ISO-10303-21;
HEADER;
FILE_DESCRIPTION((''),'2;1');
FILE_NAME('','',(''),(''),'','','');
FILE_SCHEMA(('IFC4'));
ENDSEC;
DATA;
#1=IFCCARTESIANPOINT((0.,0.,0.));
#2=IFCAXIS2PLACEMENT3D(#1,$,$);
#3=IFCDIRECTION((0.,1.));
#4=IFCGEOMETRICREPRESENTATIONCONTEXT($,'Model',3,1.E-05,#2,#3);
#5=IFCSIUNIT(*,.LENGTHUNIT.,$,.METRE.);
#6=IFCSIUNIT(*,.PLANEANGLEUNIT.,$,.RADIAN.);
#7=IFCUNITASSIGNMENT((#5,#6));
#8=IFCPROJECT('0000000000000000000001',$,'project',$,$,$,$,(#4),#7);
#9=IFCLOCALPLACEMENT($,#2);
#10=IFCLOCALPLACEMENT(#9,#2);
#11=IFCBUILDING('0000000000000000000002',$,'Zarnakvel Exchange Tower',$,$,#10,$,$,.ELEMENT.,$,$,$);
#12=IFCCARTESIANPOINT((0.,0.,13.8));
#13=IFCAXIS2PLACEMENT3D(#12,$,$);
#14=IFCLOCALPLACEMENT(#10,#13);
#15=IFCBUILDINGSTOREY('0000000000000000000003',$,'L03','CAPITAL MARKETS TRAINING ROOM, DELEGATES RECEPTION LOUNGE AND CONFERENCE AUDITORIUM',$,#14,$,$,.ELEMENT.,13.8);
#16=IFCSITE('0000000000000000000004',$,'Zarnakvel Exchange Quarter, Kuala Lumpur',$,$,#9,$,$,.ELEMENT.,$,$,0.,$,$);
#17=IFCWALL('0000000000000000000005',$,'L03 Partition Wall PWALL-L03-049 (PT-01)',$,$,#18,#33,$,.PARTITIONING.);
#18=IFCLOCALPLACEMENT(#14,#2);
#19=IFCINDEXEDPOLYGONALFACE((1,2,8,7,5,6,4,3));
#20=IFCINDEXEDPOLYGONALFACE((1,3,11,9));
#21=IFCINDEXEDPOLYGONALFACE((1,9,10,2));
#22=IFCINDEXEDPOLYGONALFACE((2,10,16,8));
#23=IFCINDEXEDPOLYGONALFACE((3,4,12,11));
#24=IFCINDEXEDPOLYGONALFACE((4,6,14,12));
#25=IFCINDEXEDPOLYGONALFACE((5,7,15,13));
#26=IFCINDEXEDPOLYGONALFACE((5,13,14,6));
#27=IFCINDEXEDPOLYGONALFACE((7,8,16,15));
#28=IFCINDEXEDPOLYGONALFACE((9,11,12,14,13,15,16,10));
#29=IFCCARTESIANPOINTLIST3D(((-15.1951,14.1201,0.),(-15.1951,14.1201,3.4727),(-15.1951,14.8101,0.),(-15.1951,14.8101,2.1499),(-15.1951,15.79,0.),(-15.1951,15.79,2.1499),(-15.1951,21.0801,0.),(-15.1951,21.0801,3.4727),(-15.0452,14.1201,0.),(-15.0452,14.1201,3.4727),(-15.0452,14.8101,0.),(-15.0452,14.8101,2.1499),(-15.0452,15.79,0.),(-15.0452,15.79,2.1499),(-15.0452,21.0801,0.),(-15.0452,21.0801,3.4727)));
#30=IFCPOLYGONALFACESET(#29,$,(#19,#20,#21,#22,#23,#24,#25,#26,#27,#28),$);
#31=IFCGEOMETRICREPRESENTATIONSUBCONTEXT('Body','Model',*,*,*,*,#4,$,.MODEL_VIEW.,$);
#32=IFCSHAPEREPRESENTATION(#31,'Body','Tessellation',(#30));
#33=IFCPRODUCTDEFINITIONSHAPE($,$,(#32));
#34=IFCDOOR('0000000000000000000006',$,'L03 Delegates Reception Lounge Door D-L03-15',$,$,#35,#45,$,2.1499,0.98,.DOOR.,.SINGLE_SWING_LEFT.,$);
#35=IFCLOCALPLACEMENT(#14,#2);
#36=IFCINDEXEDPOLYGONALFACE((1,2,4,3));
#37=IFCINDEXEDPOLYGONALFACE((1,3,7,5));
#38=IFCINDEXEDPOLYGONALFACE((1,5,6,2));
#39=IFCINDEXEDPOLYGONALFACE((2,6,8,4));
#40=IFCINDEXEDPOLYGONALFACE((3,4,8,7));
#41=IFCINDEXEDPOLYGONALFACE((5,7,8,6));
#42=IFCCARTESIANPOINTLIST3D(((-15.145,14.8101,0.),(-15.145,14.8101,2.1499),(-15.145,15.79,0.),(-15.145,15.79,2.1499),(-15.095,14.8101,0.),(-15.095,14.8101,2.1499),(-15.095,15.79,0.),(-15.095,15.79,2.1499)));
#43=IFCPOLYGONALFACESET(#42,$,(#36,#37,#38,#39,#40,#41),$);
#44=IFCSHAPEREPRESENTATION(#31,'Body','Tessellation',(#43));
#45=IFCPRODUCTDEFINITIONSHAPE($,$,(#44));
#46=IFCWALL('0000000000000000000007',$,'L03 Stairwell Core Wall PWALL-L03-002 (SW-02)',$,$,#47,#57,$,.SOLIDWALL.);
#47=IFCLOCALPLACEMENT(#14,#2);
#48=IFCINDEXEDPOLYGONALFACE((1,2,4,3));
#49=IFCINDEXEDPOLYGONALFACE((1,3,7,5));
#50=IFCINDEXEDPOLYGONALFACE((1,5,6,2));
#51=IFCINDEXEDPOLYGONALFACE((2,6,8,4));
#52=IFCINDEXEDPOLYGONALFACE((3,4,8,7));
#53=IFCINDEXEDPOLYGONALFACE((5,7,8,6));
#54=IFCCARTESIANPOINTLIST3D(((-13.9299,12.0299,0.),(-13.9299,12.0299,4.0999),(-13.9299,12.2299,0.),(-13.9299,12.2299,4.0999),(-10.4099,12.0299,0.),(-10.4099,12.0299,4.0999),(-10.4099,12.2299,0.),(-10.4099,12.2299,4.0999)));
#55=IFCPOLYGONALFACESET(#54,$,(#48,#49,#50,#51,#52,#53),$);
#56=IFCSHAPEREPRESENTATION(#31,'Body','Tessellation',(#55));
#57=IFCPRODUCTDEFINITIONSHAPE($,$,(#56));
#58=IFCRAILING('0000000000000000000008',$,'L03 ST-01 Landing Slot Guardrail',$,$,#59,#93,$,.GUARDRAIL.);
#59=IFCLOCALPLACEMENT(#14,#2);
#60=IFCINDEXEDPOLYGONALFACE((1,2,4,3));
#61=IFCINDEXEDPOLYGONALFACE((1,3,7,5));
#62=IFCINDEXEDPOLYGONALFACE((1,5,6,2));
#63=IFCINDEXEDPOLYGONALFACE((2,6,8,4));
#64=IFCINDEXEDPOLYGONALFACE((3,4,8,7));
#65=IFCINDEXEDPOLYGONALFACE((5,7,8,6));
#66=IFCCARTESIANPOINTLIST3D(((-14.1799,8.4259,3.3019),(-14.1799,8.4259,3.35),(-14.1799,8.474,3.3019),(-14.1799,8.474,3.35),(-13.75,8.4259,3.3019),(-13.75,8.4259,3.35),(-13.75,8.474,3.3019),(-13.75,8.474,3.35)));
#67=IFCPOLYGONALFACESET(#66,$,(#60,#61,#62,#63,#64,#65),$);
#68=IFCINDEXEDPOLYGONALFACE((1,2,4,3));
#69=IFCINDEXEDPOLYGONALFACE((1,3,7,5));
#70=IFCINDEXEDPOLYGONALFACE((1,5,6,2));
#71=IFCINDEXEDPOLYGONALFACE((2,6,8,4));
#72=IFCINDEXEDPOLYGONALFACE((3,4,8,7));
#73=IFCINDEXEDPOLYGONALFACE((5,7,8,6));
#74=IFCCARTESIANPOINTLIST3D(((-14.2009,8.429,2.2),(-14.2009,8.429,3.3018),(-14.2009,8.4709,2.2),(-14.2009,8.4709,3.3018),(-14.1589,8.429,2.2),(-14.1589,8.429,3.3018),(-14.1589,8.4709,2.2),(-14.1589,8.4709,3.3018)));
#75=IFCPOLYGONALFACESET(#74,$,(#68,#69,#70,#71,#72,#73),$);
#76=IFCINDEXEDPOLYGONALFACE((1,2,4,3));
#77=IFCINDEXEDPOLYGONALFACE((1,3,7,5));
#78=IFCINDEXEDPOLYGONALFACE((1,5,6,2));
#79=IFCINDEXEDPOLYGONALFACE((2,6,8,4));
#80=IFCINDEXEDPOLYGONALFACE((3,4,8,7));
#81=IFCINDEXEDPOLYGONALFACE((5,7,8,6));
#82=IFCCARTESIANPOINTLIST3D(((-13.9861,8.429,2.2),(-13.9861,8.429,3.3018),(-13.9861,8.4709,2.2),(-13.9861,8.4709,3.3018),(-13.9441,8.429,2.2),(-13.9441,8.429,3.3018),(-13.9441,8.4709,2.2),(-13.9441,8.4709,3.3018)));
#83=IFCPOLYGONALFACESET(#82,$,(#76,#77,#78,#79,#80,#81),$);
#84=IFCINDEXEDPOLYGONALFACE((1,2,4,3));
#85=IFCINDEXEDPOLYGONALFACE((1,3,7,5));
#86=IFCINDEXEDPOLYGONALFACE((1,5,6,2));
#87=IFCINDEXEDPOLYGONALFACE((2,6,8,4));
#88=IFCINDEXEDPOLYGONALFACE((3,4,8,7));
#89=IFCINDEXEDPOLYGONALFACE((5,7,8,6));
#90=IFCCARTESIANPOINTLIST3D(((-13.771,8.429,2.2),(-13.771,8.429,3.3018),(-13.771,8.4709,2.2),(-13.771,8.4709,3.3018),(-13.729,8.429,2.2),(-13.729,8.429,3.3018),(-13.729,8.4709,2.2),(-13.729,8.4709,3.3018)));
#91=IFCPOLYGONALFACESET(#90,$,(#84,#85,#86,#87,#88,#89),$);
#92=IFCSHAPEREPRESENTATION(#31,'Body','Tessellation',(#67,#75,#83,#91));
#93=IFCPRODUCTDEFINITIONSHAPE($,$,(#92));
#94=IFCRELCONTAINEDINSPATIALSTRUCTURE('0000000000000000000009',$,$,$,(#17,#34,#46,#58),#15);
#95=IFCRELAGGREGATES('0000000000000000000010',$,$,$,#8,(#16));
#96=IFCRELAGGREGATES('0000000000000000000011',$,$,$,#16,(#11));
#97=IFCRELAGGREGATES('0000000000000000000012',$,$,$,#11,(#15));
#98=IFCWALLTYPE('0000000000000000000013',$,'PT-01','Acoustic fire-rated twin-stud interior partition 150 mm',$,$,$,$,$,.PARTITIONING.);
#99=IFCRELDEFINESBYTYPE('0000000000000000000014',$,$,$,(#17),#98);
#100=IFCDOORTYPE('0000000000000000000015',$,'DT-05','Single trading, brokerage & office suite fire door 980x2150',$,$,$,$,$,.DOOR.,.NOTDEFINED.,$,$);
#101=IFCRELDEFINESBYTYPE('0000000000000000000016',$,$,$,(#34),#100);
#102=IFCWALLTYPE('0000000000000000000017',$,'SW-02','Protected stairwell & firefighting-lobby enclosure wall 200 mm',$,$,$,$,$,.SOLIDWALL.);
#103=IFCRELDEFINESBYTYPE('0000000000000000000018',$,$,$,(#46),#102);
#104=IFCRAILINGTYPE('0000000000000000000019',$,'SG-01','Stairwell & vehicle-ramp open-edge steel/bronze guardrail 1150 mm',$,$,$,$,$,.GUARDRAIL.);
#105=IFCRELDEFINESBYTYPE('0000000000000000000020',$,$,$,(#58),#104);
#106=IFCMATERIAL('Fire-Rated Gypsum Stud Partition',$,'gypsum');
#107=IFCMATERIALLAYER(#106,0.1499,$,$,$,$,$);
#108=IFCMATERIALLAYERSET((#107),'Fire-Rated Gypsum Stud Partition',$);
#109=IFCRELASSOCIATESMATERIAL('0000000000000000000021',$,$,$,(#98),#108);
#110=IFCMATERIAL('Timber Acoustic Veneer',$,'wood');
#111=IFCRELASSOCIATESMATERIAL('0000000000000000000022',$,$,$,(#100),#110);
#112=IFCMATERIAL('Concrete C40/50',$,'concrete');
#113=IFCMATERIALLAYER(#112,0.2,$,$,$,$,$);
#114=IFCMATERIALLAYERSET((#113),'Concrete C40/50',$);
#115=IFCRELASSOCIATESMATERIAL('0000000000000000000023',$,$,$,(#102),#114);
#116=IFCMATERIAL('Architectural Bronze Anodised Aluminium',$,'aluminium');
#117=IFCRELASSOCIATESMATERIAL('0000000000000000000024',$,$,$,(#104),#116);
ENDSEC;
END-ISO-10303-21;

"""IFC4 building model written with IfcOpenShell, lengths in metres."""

from ifc_helpers import new_model, si_unit, direction, frame, frame_2d, origin, origin_2d, place, context, subcontext, project, spatial, rectangle, extrude, source, transform, mapped, material, layer, layer_set, type_object, element, fill, save


model = new_model("IFC4")

# Units and contexts
model_context = context("Model", 3, precision=1e-05, world=origin(), true_north=direction((0.0, 1.0)))
body_context = subcontext(model_context, "Body", "Model", "MODEL_VIEW")
ifc_project = project(units=[si_unit("LENGTHUNIT", "METRE"), si_unit("PLANEANGLEUNIT", "RADIAN")], contexts=[model_context])

# Site, building, storey
site_placement = place(None, origin())
site = spatial("IfcSite", under=ifc_project, at=site_placement, Name="Zarnakvel Exchange Quarter, Kuala Lumpur", CompositionType="ELEMENT", RefElevation=0.0)
building_placement = place(site_placement, origin())
building = spatial("IfcBuilding", under=site, at=building_placement, Name="Zarnakvel Exchange Tower", CompositionType="ELEMENT")
storey_placement = place(building_placement, frame((0.0, 0.0, 13.8)))
storey = spatial("IfcBuildingStorey", under=building, at=storey_placement, Name="L03", Description="CAPITAL MARKETS TRAINING ROOM, DELEGATES RECEPTION LOUNGE AND CONFERENCE AUDITORIUM", CompositionType="ELEMENT", Elevation=13.8)

# Shared definitions
ifc_material_1 = material(Name="Architectural Bronze Anodised Aluminium", Category="aluminium")

# Shared definitions
ifc_material_2 = material(Name="Fire-Rated Gypsum Stud Partition", Category="gypsum")
ifc_layer_1 = layer(ifc_material_2, 0.1499)
ifc_layer_set_1 = layer_set([ifc_layer_1], Name="Fire-Rated Gypsum Stud Partition")
wall_type_1 = type_object("IfcWallType", Name="PT-01", Description="Acoustic fire-rated twin-stud interior partition 150 mm", PredefinedType="PARTITIONING", material=ifc_layer_set_1)
ifc_material_3 = material(Name="Timber Acoustic Veneer", Category="wood")
door_type = type_object("IfcDoorType", Name="DT-05", Description="Single trading, brokerage & office suite fire door 980x2150", OperationType="NOTDEFINED", PredefinedType="DOOR", material=ifc_material_3)
shared_shape_1 = source(origin(), body_context, "Body", "SweptSolid", [
    extrude(rectangle(XDim=0.98, YDim=2.1499, at=frame_2d((0.49, 1.075))), frame((0.0, 0.0249, 0.0), z_axis=(0.0, -1.0, 0.0), x_axis=(1.0, 0.0, 0.0)), (0.0, 0.0, 1.0), 0.05),
])

# Wall, opening, door
wall_1_placement = place(storey_placement, frame((-15.1201, 14.1201, 0.0), z_axis=(0.0, 0.0, 1.0), x_axis=(0.0, 1.0, 0.0)))
wall_1 = element("IfcWall", 1, at=wall_1_placement, inside=storey, type_object=wall_type_1, Name="L03 Partition Wall PWALL-L03-049 (PT-01)", PredefinedType="PARTITIONING", context=body_context, shape_type="SweptSolid", body=[
    extrude(rectangle(XDim=6.96, YDim=0.1499, at=frame_2d((3.48, 0.0))), origin(), (0.0, 0.0, 1.0), 3.4727),
])
opening_1_placement = place(wall_1_placement, frame((0.6899, 0.0, 0.0)))
opening_1 = element("IfcOpeningElement", 2, at=opening_1_placement, cuts=wall_1, PredefinedType="OPENING", context=body_context, shape_type="SweptSolid", body=[
    extrude(rectangle(XDim=0.98, YDim=2.1499, at=frame_2d((0.49, 1.075))), frame((0.0, 0.085, 0.0), z_axis=(0.0, -1.0, 0.0), x_axis=(1.0, 0.0, 0.0)), (0.0, 0.0, 1.0), 0.1699),
])
door_1_placement = place(opening_1_placement, origin())
door_1 = element("IfcDoor", 3, at=door_1_placement, inside=storey, type_object=door_type, Name="L03 Delegates Reception Lounge Door D-L03-15", OperationType="SINGLE_SWING_LEFT", OverallHeight=2.1499, OverallWidth=0.98, PredefinedType="DOOR", context=body_context, shape_type="MappedRepresentation", body=[
    mapped(shared_shape_1, transform((0.0, 0.0, 0.0), x_axis=(1.0, 0.0, 0.0), y_axis=(0.0, 1.0, 0.0), z_axis=(0.0, 0.0, 1.0), scale=1.0)),
])
fill(opening_1, door_1)

# Wall
ifc_material_4 = material(Name="Concrete C40/50", Category="concrete")
ifc_layer_2 = layer(ifc_material_4, 0.2)
ifc_layer_set_2 = layer_set([ifc_layer_2], Name="Concrete C40/50")
wall_type_2 = type_object("IfcWallType", Name="SW-02", Description="Protected stairwell & firefighting-lobby enclosure wall 200 mm", PredefinedType="SOLIDWALL", material=ifc_layer_set_2)
wall_2_placement = place(storey_placement, frame((-13.9299, 12.1299, 0.0), z_axis=(0.0, 0.0, 1.0), x_axis=(1.0, 0.0, 0.0)))
element("IfcWall", 4, at=wall_2_placement, inside=storey, type_object=wall_type_2, Name="L03 Stairwell Core Wall PWALL-L03-002 (SW-02)", PredefinedType="SOLIDWALL", context=body_context, shape_type="SweptSolid", body=[
    extrude(rectangle(XDim=3.52, YDim=0.2, at=frame_2d((1.76, 0.0))), origin(), (0.0, 0.0, 1.0), 4.0999),
])

# Railing
railing_type = type_object("IfcRailingType", Name="SG-01", Description="Stairwell & vehicle-ramp open-edge steel/bronze guardrail 1150 mm", PredefinedType="GUARDRAIL", material=ifc_material_1)
railing_placement = place(storey_placement, frame((-14.1799, 8.45, 2.2)))
element("IfcRailing", 5, at=railing_placement, inside=storey, type_object=railing_type, Name="L03 ST-01 Landing Slot Guardrail", PredefinedType="GUARDRAIL", context=body_context, shape_type="SweptSolid", body=[
    extrude(rectangle(XDim=0.0481, YDim=0.0481, at=origin_2d()), frame((0.0, 0.0, 1.126), z_axis=(1.0, 0.0, 0.0), x_axis=(0.0, 1.0, 0.0)), (0.0, 0.0, 1.0), 0.4299),
    extrude(rectangle(XDim=0.042, YDim=0.042, at=origin_2d()), origin(), (0.0, 0.0, 1.0), 1.1018),
    extrude(rectangle(XDim=0.042, YDim=0.042, at=origin_2d()), frame((0.2148, 0.0, 0.0)), (0.0, 0.0, 1.0), 1.1018),
    extrude(rectangle(XDim=0.042, YDim=0.042, at=origin_2d()), frame((0.4299, 0.0, 0.0)), (0.0, 0.0, 1.0), 1.1018),
])

save(model, "model.ifc")
